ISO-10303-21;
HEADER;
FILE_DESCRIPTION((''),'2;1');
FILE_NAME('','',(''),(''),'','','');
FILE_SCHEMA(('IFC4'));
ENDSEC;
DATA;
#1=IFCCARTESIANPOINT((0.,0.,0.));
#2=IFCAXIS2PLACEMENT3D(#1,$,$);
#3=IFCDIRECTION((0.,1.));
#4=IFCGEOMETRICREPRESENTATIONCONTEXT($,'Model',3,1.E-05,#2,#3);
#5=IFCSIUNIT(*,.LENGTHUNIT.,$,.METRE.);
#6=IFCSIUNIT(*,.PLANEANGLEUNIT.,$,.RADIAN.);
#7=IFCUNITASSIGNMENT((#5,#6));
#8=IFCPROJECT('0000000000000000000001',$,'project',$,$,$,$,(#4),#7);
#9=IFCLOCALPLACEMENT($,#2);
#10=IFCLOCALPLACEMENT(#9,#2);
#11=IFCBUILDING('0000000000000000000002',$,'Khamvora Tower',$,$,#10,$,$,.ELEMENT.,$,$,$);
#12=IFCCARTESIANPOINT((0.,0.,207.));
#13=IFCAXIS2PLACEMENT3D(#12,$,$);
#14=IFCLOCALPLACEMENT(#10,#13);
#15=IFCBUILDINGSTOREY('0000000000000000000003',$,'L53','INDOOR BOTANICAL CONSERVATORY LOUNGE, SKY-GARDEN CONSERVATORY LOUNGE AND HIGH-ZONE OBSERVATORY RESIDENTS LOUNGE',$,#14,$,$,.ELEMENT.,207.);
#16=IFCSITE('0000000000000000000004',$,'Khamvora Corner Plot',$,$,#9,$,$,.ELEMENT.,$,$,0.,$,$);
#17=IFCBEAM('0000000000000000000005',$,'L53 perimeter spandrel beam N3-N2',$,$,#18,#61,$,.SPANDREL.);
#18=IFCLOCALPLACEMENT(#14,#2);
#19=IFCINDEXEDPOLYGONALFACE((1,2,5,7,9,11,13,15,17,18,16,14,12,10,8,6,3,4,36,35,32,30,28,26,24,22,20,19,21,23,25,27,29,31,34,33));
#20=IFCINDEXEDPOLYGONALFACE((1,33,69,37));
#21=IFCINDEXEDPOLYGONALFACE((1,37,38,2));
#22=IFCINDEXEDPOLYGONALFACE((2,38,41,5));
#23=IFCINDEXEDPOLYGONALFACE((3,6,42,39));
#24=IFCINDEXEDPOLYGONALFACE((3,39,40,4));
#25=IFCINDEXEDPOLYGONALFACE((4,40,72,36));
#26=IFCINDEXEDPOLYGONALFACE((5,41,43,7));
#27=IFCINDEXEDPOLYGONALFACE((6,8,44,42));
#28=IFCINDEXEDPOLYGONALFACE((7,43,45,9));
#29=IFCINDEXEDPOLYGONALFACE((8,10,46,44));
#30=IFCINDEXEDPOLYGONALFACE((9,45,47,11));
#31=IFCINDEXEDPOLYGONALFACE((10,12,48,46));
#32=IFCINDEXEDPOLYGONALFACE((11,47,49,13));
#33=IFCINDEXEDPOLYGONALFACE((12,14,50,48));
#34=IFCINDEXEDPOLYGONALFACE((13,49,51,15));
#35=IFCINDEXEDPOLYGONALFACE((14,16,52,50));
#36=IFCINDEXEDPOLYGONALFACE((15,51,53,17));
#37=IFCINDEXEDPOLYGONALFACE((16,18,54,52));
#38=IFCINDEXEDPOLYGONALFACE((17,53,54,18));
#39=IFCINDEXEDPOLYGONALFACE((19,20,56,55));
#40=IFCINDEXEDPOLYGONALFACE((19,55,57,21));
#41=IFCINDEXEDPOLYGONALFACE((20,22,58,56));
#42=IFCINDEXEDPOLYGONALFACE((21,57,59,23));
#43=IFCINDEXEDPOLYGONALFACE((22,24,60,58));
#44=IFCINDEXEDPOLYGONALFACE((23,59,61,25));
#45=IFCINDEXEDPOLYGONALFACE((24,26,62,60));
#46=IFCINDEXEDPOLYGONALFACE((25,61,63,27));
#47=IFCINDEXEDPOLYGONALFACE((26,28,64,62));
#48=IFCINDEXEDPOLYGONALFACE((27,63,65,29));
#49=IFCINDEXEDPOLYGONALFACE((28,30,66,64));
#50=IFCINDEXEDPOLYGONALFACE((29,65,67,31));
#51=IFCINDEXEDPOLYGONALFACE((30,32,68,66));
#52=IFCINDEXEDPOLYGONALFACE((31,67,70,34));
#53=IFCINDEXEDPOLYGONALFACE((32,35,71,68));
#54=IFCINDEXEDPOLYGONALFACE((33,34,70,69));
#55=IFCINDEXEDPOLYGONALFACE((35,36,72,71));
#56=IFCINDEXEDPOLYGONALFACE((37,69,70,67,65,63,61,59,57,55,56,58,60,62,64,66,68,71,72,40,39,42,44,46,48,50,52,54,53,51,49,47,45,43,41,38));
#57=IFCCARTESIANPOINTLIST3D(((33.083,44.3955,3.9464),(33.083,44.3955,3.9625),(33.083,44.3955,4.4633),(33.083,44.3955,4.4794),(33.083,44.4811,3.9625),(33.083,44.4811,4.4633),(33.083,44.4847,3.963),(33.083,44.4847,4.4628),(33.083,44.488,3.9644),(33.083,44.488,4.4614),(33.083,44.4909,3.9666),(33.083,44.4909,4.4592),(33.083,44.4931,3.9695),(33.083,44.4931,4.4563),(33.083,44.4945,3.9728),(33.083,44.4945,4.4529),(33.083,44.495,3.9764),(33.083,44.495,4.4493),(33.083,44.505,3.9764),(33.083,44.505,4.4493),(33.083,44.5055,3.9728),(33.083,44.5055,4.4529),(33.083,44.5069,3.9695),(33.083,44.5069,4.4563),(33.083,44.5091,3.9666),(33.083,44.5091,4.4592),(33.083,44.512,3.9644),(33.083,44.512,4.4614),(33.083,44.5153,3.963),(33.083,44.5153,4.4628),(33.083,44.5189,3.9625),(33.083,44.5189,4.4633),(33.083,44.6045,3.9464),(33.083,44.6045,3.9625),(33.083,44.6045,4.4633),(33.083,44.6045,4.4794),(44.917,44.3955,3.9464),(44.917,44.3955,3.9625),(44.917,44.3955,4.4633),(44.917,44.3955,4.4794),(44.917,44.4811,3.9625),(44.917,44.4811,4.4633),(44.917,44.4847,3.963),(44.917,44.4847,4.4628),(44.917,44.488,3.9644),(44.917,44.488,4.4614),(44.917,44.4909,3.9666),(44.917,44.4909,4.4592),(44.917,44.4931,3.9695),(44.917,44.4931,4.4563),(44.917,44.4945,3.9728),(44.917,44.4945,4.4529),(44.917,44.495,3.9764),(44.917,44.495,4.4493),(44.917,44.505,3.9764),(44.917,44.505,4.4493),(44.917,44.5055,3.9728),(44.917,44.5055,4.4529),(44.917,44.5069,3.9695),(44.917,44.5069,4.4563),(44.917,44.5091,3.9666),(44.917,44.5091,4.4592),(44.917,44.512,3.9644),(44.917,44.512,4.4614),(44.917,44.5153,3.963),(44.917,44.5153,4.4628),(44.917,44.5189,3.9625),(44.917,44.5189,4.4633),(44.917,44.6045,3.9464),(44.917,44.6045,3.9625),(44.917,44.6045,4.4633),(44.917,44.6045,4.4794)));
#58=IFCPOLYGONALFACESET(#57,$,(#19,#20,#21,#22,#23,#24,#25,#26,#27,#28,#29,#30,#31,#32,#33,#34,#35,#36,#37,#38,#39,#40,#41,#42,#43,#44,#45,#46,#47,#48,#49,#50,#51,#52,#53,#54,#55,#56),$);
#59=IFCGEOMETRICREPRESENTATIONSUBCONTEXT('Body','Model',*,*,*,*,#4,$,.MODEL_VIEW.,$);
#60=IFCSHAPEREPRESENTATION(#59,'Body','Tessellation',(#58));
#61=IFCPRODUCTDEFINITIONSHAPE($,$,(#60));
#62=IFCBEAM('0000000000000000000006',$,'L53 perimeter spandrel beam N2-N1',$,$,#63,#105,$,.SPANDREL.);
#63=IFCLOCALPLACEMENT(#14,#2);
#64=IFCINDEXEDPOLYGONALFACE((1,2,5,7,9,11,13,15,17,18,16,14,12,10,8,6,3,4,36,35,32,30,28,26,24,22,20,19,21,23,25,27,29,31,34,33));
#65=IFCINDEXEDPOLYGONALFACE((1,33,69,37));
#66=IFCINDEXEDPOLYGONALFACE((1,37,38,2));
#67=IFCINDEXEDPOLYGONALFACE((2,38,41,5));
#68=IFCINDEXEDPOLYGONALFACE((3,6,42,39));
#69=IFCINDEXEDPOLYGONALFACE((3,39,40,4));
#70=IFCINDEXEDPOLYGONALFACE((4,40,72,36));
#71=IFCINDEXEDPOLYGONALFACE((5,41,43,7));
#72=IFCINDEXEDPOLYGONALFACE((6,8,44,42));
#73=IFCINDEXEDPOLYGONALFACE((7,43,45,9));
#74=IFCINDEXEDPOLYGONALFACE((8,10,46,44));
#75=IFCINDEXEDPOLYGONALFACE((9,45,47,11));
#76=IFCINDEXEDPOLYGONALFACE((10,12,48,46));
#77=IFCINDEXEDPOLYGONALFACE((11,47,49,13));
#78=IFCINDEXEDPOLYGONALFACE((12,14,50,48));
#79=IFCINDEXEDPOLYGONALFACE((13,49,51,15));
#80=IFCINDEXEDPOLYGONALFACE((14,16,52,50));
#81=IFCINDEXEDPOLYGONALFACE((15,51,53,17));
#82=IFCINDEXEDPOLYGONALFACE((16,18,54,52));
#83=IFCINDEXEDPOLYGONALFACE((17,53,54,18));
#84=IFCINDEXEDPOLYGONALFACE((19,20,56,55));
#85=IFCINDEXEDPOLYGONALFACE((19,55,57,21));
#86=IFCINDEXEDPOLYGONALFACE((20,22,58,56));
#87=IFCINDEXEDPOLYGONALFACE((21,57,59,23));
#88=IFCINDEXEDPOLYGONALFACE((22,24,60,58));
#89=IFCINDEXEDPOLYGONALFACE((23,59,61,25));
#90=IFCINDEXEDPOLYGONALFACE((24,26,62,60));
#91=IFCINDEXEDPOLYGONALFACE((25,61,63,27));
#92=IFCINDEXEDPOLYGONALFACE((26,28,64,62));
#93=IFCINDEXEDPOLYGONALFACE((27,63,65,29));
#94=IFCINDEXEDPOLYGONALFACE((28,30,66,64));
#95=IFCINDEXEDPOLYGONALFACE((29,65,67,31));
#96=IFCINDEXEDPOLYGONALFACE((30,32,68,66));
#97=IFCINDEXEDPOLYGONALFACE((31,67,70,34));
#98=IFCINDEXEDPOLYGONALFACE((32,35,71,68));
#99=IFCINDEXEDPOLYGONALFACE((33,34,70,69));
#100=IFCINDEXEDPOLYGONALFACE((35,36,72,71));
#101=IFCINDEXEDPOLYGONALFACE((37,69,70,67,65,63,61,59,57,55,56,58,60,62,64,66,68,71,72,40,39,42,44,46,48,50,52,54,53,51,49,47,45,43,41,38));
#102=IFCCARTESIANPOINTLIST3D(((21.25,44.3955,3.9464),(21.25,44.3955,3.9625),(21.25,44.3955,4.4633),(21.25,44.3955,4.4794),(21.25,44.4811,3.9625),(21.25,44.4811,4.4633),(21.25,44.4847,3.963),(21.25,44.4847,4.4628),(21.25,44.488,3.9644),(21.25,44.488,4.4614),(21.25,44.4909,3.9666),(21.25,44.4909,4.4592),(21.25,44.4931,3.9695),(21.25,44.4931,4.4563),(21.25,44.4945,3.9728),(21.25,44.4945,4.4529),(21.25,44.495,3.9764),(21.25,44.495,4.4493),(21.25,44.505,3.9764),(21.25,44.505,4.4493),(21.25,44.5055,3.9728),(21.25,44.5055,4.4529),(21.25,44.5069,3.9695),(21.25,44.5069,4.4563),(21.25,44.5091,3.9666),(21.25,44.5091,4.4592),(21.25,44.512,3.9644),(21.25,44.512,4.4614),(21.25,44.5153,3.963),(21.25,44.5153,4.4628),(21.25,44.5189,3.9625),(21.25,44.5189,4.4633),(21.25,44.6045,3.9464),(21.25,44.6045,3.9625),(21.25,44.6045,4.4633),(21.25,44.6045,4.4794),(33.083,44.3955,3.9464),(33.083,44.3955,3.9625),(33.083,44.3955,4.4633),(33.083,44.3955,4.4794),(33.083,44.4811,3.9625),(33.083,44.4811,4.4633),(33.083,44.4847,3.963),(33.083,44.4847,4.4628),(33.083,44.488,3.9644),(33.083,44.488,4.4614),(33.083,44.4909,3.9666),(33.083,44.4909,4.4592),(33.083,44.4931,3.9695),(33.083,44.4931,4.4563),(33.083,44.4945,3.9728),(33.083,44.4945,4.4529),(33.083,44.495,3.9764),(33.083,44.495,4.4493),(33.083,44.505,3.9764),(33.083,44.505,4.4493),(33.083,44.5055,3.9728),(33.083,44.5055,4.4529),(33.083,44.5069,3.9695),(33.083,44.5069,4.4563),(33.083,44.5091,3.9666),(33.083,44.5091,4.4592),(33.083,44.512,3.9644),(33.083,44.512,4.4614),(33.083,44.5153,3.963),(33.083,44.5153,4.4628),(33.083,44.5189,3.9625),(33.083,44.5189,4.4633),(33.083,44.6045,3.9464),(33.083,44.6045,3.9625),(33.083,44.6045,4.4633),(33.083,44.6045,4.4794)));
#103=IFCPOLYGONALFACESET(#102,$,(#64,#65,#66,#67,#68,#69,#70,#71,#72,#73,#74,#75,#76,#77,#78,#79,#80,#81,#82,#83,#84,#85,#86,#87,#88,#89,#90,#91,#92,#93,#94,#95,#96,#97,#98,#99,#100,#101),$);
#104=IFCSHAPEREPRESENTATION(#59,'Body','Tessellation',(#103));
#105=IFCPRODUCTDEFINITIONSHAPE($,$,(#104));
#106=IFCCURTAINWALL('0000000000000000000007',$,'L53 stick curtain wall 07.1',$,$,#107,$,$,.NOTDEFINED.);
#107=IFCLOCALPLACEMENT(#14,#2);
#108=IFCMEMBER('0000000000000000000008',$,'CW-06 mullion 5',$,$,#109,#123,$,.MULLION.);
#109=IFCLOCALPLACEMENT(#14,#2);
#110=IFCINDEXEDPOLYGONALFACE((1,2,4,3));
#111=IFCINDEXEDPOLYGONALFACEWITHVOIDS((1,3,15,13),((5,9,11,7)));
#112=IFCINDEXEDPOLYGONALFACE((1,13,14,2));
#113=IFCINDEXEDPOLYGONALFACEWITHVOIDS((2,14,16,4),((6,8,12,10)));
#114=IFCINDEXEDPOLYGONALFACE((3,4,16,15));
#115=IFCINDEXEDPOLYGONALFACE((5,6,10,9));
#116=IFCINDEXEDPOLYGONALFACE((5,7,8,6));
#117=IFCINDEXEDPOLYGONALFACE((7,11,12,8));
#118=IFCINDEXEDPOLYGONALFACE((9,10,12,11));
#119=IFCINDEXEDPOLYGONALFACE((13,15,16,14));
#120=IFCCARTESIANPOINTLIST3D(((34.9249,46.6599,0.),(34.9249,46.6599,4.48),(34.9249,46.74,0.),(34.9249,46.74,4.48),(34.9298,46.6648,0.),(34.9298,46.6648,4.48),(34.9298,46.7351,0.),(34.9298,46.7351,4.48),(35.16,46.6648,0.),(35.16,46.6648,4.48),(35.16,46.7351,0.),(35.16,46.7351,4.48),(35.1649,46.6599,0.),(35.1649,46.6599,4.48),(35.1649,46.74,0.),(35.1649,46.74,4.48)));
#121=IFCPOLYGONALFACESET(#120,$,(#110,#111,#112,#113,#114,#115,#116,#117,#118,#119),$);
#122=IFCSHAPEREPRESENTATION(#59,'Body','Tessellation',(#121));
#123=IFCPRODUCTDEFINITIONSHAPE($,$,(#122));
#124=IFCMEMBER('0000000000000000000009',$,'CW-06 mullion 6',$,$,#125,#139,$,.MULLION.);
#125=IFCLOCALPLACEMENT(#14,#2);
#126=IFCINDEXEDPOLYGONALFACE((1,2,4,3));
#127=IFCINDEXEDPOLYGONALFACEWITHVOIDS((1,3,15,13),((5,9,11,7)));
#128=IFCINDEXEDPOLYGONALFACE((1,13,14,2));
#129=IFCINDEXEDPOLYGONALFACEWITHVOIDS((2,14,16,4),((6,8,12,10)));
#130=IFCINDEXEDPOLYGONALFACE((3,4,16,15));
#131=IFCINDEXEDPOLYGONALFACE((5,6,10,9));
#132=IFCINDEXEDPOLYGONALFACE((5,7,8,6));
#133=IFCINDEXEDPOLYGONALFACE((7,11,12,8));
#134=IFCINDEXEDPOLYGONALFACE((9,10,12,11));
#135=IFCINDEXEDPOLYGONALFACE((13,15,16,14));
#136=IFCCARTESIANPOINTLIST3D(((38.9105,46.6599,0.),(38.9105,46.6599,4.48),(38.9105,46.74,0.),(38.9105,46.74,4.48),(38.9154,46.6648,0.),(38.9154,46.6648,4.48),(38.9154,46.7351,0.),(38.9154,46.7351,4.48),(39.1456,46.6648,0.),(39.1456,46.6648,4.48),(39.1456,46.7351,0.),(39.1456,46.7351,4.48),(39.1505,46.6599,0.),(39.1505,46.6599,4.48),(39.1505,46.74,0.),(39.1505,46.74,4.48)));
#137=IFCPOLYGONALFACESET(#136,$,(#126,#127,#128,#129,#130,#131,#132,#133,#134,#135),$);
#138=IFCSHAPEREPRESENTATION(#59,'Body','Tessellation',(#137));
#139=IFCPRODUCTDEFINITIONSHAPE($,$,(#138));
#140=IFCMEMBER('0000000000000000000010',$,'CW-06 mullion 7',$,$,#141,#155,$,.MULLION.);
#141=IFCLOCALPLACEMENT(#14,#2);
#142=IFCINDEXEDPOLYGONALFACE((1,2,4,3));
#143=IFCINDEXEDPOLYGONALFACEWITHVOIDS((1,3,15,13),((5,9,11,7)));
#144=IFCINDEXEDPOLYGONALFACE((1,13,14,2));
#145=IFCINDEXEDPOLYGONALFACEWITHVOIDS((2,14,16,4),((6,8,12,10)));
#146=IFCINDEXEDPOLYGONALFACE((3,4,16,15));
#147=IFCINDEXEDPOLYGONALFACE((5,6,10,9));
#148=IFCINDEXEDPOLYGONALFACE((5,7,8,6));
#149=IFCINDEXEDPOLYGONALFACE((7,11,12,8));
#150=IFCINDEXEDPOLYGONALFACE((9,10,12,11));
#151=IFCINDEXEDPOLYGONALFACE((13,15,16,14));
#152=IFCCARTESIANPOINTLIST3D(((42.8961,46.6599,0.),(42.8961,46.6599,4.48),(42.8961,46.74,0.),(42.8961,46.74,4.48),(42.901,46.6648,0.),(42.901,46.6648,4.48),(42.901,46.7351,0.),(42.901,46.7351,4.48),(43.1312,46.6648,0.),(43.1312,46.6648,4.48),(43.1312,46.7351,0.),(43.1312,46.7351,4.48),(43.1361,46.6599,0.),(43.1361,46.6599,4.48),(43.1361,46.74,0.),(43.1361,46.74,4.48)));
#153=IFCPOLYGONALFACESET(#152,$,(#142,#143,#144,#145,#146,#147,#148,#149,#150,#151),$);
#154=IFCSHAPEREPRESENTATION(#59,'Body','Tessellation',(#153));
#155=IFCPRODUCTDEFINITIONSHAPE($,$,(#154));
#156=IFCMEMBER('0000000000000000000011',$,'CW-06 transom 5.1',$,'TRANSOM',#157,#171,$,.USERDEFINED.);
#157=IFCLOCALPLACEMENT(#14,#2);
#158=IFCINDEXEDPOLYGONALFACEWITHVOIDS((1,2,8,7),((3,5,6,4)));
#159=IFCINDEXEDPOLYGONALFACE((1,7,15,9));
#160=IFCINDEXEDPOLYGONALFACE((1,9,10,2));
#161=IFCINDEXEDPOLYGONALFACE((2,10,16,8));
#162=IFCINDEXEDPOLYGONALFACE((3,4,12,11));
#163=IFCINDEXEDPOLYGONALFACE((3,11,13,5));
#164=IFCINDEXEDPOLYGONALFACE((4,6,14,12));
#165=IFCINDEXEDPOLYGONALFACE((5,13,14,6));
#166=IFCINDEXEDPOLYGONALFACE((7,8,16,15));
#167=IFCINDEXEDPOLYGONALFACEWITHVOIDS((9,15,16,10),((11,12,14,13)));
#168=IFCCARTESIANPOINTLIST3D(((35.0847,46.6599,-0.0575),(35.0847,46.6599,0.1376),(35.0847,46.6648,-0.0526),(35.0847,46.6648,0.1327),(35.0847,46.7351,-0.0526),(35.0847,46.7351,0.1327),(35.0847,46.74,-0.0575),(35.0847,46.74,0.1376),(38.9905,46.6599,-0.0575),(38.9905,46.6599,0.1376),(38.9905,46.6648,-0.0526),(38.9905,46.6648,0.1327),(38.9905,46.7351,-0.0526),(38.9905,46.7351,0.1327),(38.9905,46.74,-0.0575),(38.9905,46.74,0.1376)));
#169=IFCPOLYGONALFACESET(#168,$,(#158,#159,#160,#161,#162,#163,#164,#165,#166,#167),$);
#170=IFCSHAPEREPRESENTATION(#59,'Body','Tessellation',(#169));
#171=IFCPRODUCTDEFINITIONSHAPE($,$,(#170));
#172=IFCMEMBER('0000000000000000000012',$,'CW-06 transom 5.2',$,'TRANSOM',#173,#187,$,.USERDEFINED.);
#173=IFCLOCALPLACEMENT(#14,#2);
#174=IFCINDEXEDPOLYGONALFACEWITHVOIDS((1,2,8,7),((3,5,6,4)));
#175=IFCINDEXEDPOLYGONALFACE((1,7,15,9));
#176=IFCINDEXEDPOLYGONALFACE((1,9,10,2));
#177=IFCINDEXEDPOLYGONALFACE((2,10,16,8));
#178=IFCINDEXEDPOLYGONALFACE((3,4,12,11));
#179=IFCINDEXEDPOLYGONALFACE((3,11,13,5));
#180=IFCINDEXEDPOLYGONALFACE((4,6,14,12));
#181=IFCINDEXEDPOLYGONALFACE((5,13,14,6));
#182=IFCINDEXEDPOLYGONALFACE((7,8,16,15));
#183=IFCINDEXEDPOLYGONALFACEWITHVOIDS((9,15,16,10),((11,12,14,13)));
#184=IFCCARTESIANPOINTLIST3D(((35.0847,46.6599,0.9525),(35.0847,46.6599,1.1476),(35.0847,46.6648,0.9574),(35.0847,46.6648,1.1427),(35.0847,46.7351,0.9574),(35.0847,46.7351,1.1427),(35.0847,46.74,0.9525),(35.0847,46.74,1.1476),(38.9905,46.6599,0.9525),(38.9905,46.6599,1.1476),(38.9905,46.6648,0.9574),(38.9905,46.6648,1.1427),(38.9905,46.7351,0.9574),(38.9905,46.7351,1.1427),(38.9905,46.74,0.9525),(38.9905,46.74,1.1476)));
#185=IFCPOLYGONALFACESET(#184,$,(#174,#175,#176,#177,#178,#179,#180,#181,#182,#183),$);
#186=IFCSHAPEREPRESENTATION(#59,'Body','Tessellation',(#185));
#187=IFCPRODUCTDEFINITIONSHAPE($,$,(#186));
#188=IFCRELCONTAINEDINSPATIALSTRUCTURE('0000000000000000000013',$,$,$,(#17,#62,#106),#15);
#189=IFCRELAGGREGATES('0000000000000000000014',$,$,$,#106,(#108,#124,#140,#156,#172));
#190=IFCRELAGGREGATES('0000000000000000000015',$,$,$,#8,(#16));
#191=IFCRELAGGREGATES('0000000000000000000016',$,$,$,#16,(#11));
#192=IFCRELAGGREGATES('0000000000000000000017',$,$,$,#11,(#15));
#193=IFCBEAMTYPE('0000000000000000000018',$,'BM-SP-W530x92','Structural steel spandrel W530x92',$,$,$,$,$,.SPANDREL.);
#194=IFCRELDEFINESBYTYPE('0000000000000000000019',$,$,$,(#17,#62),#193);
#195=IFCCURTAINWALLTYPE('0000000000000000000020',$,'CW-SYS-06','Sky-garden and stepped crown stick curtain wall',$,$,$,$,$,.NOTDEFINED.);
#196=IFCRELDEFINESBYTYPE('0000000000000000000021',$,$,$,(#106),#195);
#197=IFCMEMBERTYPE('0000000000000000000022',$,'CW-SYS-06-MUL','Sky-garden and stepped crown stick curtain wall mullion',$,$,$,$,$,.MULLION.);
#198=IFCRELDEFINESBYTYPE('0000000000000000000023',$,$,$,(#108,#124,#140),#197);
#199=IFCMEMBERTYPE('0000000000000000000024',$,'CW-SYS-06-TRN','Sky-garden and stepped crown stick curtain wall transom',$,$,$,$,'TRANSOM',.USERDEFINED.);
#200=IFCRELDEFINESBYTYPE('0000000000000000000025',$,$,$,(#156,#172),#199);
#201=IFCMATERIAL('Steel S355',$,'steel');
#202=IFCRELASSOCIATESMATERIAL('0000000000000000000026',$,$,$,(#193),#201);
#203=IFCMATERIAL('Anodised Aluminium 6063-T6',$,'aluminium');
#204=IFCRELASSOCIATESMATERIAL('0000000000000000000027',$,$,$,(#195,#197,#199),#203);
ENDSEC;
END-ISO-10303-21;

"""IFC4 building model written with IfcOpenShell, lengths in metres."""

from ifc_helpers import new_model, si_unit, direction, frame, origin, origin_2d, place, context, subcontext, project, spatial, hollow_rectangle, i_section, extrude, material, material_profile, profile_set, type_object, element, aggregate, save


model = new_model("IFC4")

# Units and contexts
model_context = context("Model", 3, precision=1e-05, world=origin(), true_north=direction((0.0, 1.0)))
body_context = subcontext(model_context, "Body", "Model", "MODEL_VIEW")
ifc_project = project(units=[si_unit("LENGTHUNIT", "METRE"), si_unit("PLANEANGLEUNIT", "RADIAN")], contexts=[model_context])

# Site, building, storey
site_placement = place(None, origin())
site = spatial("IfcSite", under=ifc_project, at=site_placement, Name="Khamvora Corner Plot", CompositionType="ELEMENT", RefElevation=0.0)
building_placement = place(site_placement, origin())
building = spatial("IfcBuilding", under=site, at=building_placement, Name="Khamvora Tower", CompositionType="ELEMENT")
storey_placement = place(building_placement, frame((0.0, 0.0, 207.0)))
storey = spatial("IfcBuildingStorey", under=building, at=storey_placement, Name="L53", Description="INDOOR BOTANICAL CONSERVATORY LOUNGE, SKY-GARDEN CONSERVATORY LOUNGE AND HIGH-ZONE OBSERVATORY RESIDENTS LOUNGE", CompositionType="ELEMENT", Elevation=207.0)

# Shared definitions
ifc_material_1 = material(Name="Steel S355", Category="steel")

# Beams
ifc_material_profile_1 = material_profile(ifc_material_1, i_section(OverallWidth=0.209, OverallDepth=0.533, WebThickness=0.01, FlangeThickness=0.0161, FilletRadius=0.0139, at=origin_2d()), Name="W530x92")
ifc_profile_set_1 = profile_set([ifc_material_profile_1], Name="Steel S355")
beam_type_1 = type_object("IfcBeamType", Name="BM-SP-W530x92", Description="Structural steel spandrel W530x92", PredefinedType="SPANDREL", material=ifc_profile_set_1)
beam_1_placement = place(storey_placement, frame((44.917, 44.5, 4.2129), z_axis=(-1.0, 0.0, 0.0), x_axis=(0.0, -1.0, 0.0)))
element("IfcBeam", 1, at=beam_1_placement, inside=storey, type_object=beam_type_1, Name="L53 perimeter spandrel beam N3-N2", PredefinedType="SPANDREL", context=body_context, shape_type="SweptSolid", body=[
    extrude(i_section(OverallWidth=0.209, OverallDepth=0.533, WebThickness=0.01, FlangeThickness=0.0161, FilletRadius=0.0139, at=origin_2d()), origin(), (0.0, 0.0, 1.0), 11.834),
])
beam_2_placement = place(storey_placement, frame((33.083, 44.5, 4.2129), z_axis=(-1.0, 0.0, 0.0), x_axis=(0.0, -1.0, 0.0)))
element("IfcBeam", 2, at=beam_2_placement, inside=storey, type_object=beam_type_1, Name="L53 perimeter spandrel beam N2-N1", PredefinedType="SPANDREL", context=body_context, shape_type="SweptSolid", body=[
    extrude(i_section(OverallWidth=0.209, OverallDepth=0.533, WebThickness=0.01, FlangeThickness=0.0161, FilletRadius=0.0139, at=origin_2d()), origin(), (0.0, 0.0, 1.0), 11.833),
])

# Curtain wall, members
ifc_material_2 = material(Name="Anodised Aluminium 6063-T6", Category="aluminium")
curtain_wall_type = type_object("IfcCurtainWallType", Name="CW-SYS-06", Description="Sky-garden and stepped crown stick curtain wall", PredefinedType="NOTDEFINED", material=ifc_material_2)
curtain_wall_placement = place(storey_placement, origin())
curtain_wall = element("IfcCurtainWall", 3, at=curtain_wall_placement, inside=storey, type_object=curtain_wall_type, Name="L53 stick curtain wall 07.1", PredefinedType="NOTDEFINED")
ifc_material_profile_2 = material_profile(ifc_material_2, hollow_rectangle(XDim=0.0801, YDim=0.24, WallThickness=0.0049, at=origin_2d()), Name="MUL80x240x5")
ifc_profile_set_2 = profile_set([ifc_material_profile_2], Name="Anodised Aluminium 6063-T6")
member_type_1 = type_object("IfcMemberType", Name="CW-SYS-06-MUL", Description="Sky-garden and stepped crown stick curtain wall mullion", PredefinedType="MULLION", material=ifc_profile_set_2)
member_1_placement = place(storey_placement, frame((35.0449, 46.7, 0.0), z_axis=(0.0, 0.0, 1.0), x_axis=(0.0, 1.0, 0.0)))
member_1 = element("IfcMember", 4, at=member_1_placement, type_object=member_type_1, Name="CW-06 mullion 5", PredefinedType="MULLION", context=body_context, shape_type="SweptSolid", body=[
    extrude(hollow_rectangle(XDim=0.0801, YDim=0.24, WallThickness=0.0049, at=origin_2d()), origin(), (0.0, 0.0, 1.0), 4.48),
])
member_2_placement = place(storey_placement, frame((39.0305, 46.7, 0.0), z_axis=(0.0, 0.0, 1.0), x_axis=(0.0, 1.0, 0.0)))
member_2 = element("IfcMember", 5, at=member_2_placement, type_object=member_type_1, Name="CW-06 mullion 6", PredefinedType="MULLION", context=body_context, shape_type="SweptSolid", body=[
    extrude(hollow_rectangle(XDim=0.0801, YDim=0.24, WallThickness=0.0049, at=origin_2d()), origin(), (0.0, 0.0, 1.0), 4.48),
])
member_3_placement = place(storey_placement, frame((43.0161, 46.7, 0.0), z_axis=(0.0, 0.0, 1.0), x_axis=(0.0, 1.0, 0.0)))
member_3 = element("IfcMember", 6, at=member_3_placement, type_object=member_type_1, Name="CW-06 mullion 7", PredefinedType="MULLION", context=body_context, shape_type="SweptSolid", body=[
    extrude(hollow_rectangle(XDim=0.0801, YDim=0.24, WallThickness=0.0049, at=origin_2d()), origin(), (0.0, 0.0, 1.0), 4.48),
])
ifc_material_profile_3 = material_profile(ifc_material_2, hollow_rectangle(XDim=0.0801, YDim=0.1951, WallThickness=0.0049, at=origin_2d()), Name="TRN80x195x5")
ifc_profile_set_3 = profile_set([ifc_material_profile_3], Name="Anodised Aluminium 6063-T6")
member_type_2 = type_object("IfcMemberType", Name="CW-SYS-06-TRN", Description="Sky-garden and stepped crown stick curtain wall transom", ElementType="TRANSOM", PredefinedType="USERDEFINED", material=ifc_profile_set_3)
member_4_placement = place(storey_placement, frame((35.0847, 46.7, 0.04), z_axis=(1.0, 0.0, 0.0), x_axis=(0.0, 1.0, 0.0)))
member_4 = element("IfcMember", 7, at=member_4_placement, type_object=member_type_2, Name="CW-06 transom 5.1", ObjectType="TRANSOM", PredefinedType="USERDEFINED", context=body_context, shape_type="SweptSolid", body=[
    extrude(hollow_rectangle(XDim=0.0801, YDim=0.1951, WallThickness=0.0049, at=origin_2d()), origin(), (0.0, 0.0, 1.0), 3.9058),
])
member_5_placement = place(storey_placement, frame((35.0847, 46.7, 1.05), z_axis=(1.0, 0.0, 0.0), x_axis=(0.0, 1.0, 0.0)))
member_5 = element("IfcMember", 8, at=member_5_placement, type_object=member_type_2, Name="CW-06 transom 5.2", ObjectType="TRANSOM", PredefinedType="USERDEFINED", context=body_context, shape_type="SweptSolid", body=[
    extrude(hollow_rectangle(XDim=0.0801, YDim=0.1951, WallThickness=0.0049, at=origin_2d()), origin(), (0.0, 0.0, 1.0), 3.9058),
])
aggregate(curtain_wall, [member_1, member_2, member_3, member_4, member_5])

save(model, "model.ifc")
